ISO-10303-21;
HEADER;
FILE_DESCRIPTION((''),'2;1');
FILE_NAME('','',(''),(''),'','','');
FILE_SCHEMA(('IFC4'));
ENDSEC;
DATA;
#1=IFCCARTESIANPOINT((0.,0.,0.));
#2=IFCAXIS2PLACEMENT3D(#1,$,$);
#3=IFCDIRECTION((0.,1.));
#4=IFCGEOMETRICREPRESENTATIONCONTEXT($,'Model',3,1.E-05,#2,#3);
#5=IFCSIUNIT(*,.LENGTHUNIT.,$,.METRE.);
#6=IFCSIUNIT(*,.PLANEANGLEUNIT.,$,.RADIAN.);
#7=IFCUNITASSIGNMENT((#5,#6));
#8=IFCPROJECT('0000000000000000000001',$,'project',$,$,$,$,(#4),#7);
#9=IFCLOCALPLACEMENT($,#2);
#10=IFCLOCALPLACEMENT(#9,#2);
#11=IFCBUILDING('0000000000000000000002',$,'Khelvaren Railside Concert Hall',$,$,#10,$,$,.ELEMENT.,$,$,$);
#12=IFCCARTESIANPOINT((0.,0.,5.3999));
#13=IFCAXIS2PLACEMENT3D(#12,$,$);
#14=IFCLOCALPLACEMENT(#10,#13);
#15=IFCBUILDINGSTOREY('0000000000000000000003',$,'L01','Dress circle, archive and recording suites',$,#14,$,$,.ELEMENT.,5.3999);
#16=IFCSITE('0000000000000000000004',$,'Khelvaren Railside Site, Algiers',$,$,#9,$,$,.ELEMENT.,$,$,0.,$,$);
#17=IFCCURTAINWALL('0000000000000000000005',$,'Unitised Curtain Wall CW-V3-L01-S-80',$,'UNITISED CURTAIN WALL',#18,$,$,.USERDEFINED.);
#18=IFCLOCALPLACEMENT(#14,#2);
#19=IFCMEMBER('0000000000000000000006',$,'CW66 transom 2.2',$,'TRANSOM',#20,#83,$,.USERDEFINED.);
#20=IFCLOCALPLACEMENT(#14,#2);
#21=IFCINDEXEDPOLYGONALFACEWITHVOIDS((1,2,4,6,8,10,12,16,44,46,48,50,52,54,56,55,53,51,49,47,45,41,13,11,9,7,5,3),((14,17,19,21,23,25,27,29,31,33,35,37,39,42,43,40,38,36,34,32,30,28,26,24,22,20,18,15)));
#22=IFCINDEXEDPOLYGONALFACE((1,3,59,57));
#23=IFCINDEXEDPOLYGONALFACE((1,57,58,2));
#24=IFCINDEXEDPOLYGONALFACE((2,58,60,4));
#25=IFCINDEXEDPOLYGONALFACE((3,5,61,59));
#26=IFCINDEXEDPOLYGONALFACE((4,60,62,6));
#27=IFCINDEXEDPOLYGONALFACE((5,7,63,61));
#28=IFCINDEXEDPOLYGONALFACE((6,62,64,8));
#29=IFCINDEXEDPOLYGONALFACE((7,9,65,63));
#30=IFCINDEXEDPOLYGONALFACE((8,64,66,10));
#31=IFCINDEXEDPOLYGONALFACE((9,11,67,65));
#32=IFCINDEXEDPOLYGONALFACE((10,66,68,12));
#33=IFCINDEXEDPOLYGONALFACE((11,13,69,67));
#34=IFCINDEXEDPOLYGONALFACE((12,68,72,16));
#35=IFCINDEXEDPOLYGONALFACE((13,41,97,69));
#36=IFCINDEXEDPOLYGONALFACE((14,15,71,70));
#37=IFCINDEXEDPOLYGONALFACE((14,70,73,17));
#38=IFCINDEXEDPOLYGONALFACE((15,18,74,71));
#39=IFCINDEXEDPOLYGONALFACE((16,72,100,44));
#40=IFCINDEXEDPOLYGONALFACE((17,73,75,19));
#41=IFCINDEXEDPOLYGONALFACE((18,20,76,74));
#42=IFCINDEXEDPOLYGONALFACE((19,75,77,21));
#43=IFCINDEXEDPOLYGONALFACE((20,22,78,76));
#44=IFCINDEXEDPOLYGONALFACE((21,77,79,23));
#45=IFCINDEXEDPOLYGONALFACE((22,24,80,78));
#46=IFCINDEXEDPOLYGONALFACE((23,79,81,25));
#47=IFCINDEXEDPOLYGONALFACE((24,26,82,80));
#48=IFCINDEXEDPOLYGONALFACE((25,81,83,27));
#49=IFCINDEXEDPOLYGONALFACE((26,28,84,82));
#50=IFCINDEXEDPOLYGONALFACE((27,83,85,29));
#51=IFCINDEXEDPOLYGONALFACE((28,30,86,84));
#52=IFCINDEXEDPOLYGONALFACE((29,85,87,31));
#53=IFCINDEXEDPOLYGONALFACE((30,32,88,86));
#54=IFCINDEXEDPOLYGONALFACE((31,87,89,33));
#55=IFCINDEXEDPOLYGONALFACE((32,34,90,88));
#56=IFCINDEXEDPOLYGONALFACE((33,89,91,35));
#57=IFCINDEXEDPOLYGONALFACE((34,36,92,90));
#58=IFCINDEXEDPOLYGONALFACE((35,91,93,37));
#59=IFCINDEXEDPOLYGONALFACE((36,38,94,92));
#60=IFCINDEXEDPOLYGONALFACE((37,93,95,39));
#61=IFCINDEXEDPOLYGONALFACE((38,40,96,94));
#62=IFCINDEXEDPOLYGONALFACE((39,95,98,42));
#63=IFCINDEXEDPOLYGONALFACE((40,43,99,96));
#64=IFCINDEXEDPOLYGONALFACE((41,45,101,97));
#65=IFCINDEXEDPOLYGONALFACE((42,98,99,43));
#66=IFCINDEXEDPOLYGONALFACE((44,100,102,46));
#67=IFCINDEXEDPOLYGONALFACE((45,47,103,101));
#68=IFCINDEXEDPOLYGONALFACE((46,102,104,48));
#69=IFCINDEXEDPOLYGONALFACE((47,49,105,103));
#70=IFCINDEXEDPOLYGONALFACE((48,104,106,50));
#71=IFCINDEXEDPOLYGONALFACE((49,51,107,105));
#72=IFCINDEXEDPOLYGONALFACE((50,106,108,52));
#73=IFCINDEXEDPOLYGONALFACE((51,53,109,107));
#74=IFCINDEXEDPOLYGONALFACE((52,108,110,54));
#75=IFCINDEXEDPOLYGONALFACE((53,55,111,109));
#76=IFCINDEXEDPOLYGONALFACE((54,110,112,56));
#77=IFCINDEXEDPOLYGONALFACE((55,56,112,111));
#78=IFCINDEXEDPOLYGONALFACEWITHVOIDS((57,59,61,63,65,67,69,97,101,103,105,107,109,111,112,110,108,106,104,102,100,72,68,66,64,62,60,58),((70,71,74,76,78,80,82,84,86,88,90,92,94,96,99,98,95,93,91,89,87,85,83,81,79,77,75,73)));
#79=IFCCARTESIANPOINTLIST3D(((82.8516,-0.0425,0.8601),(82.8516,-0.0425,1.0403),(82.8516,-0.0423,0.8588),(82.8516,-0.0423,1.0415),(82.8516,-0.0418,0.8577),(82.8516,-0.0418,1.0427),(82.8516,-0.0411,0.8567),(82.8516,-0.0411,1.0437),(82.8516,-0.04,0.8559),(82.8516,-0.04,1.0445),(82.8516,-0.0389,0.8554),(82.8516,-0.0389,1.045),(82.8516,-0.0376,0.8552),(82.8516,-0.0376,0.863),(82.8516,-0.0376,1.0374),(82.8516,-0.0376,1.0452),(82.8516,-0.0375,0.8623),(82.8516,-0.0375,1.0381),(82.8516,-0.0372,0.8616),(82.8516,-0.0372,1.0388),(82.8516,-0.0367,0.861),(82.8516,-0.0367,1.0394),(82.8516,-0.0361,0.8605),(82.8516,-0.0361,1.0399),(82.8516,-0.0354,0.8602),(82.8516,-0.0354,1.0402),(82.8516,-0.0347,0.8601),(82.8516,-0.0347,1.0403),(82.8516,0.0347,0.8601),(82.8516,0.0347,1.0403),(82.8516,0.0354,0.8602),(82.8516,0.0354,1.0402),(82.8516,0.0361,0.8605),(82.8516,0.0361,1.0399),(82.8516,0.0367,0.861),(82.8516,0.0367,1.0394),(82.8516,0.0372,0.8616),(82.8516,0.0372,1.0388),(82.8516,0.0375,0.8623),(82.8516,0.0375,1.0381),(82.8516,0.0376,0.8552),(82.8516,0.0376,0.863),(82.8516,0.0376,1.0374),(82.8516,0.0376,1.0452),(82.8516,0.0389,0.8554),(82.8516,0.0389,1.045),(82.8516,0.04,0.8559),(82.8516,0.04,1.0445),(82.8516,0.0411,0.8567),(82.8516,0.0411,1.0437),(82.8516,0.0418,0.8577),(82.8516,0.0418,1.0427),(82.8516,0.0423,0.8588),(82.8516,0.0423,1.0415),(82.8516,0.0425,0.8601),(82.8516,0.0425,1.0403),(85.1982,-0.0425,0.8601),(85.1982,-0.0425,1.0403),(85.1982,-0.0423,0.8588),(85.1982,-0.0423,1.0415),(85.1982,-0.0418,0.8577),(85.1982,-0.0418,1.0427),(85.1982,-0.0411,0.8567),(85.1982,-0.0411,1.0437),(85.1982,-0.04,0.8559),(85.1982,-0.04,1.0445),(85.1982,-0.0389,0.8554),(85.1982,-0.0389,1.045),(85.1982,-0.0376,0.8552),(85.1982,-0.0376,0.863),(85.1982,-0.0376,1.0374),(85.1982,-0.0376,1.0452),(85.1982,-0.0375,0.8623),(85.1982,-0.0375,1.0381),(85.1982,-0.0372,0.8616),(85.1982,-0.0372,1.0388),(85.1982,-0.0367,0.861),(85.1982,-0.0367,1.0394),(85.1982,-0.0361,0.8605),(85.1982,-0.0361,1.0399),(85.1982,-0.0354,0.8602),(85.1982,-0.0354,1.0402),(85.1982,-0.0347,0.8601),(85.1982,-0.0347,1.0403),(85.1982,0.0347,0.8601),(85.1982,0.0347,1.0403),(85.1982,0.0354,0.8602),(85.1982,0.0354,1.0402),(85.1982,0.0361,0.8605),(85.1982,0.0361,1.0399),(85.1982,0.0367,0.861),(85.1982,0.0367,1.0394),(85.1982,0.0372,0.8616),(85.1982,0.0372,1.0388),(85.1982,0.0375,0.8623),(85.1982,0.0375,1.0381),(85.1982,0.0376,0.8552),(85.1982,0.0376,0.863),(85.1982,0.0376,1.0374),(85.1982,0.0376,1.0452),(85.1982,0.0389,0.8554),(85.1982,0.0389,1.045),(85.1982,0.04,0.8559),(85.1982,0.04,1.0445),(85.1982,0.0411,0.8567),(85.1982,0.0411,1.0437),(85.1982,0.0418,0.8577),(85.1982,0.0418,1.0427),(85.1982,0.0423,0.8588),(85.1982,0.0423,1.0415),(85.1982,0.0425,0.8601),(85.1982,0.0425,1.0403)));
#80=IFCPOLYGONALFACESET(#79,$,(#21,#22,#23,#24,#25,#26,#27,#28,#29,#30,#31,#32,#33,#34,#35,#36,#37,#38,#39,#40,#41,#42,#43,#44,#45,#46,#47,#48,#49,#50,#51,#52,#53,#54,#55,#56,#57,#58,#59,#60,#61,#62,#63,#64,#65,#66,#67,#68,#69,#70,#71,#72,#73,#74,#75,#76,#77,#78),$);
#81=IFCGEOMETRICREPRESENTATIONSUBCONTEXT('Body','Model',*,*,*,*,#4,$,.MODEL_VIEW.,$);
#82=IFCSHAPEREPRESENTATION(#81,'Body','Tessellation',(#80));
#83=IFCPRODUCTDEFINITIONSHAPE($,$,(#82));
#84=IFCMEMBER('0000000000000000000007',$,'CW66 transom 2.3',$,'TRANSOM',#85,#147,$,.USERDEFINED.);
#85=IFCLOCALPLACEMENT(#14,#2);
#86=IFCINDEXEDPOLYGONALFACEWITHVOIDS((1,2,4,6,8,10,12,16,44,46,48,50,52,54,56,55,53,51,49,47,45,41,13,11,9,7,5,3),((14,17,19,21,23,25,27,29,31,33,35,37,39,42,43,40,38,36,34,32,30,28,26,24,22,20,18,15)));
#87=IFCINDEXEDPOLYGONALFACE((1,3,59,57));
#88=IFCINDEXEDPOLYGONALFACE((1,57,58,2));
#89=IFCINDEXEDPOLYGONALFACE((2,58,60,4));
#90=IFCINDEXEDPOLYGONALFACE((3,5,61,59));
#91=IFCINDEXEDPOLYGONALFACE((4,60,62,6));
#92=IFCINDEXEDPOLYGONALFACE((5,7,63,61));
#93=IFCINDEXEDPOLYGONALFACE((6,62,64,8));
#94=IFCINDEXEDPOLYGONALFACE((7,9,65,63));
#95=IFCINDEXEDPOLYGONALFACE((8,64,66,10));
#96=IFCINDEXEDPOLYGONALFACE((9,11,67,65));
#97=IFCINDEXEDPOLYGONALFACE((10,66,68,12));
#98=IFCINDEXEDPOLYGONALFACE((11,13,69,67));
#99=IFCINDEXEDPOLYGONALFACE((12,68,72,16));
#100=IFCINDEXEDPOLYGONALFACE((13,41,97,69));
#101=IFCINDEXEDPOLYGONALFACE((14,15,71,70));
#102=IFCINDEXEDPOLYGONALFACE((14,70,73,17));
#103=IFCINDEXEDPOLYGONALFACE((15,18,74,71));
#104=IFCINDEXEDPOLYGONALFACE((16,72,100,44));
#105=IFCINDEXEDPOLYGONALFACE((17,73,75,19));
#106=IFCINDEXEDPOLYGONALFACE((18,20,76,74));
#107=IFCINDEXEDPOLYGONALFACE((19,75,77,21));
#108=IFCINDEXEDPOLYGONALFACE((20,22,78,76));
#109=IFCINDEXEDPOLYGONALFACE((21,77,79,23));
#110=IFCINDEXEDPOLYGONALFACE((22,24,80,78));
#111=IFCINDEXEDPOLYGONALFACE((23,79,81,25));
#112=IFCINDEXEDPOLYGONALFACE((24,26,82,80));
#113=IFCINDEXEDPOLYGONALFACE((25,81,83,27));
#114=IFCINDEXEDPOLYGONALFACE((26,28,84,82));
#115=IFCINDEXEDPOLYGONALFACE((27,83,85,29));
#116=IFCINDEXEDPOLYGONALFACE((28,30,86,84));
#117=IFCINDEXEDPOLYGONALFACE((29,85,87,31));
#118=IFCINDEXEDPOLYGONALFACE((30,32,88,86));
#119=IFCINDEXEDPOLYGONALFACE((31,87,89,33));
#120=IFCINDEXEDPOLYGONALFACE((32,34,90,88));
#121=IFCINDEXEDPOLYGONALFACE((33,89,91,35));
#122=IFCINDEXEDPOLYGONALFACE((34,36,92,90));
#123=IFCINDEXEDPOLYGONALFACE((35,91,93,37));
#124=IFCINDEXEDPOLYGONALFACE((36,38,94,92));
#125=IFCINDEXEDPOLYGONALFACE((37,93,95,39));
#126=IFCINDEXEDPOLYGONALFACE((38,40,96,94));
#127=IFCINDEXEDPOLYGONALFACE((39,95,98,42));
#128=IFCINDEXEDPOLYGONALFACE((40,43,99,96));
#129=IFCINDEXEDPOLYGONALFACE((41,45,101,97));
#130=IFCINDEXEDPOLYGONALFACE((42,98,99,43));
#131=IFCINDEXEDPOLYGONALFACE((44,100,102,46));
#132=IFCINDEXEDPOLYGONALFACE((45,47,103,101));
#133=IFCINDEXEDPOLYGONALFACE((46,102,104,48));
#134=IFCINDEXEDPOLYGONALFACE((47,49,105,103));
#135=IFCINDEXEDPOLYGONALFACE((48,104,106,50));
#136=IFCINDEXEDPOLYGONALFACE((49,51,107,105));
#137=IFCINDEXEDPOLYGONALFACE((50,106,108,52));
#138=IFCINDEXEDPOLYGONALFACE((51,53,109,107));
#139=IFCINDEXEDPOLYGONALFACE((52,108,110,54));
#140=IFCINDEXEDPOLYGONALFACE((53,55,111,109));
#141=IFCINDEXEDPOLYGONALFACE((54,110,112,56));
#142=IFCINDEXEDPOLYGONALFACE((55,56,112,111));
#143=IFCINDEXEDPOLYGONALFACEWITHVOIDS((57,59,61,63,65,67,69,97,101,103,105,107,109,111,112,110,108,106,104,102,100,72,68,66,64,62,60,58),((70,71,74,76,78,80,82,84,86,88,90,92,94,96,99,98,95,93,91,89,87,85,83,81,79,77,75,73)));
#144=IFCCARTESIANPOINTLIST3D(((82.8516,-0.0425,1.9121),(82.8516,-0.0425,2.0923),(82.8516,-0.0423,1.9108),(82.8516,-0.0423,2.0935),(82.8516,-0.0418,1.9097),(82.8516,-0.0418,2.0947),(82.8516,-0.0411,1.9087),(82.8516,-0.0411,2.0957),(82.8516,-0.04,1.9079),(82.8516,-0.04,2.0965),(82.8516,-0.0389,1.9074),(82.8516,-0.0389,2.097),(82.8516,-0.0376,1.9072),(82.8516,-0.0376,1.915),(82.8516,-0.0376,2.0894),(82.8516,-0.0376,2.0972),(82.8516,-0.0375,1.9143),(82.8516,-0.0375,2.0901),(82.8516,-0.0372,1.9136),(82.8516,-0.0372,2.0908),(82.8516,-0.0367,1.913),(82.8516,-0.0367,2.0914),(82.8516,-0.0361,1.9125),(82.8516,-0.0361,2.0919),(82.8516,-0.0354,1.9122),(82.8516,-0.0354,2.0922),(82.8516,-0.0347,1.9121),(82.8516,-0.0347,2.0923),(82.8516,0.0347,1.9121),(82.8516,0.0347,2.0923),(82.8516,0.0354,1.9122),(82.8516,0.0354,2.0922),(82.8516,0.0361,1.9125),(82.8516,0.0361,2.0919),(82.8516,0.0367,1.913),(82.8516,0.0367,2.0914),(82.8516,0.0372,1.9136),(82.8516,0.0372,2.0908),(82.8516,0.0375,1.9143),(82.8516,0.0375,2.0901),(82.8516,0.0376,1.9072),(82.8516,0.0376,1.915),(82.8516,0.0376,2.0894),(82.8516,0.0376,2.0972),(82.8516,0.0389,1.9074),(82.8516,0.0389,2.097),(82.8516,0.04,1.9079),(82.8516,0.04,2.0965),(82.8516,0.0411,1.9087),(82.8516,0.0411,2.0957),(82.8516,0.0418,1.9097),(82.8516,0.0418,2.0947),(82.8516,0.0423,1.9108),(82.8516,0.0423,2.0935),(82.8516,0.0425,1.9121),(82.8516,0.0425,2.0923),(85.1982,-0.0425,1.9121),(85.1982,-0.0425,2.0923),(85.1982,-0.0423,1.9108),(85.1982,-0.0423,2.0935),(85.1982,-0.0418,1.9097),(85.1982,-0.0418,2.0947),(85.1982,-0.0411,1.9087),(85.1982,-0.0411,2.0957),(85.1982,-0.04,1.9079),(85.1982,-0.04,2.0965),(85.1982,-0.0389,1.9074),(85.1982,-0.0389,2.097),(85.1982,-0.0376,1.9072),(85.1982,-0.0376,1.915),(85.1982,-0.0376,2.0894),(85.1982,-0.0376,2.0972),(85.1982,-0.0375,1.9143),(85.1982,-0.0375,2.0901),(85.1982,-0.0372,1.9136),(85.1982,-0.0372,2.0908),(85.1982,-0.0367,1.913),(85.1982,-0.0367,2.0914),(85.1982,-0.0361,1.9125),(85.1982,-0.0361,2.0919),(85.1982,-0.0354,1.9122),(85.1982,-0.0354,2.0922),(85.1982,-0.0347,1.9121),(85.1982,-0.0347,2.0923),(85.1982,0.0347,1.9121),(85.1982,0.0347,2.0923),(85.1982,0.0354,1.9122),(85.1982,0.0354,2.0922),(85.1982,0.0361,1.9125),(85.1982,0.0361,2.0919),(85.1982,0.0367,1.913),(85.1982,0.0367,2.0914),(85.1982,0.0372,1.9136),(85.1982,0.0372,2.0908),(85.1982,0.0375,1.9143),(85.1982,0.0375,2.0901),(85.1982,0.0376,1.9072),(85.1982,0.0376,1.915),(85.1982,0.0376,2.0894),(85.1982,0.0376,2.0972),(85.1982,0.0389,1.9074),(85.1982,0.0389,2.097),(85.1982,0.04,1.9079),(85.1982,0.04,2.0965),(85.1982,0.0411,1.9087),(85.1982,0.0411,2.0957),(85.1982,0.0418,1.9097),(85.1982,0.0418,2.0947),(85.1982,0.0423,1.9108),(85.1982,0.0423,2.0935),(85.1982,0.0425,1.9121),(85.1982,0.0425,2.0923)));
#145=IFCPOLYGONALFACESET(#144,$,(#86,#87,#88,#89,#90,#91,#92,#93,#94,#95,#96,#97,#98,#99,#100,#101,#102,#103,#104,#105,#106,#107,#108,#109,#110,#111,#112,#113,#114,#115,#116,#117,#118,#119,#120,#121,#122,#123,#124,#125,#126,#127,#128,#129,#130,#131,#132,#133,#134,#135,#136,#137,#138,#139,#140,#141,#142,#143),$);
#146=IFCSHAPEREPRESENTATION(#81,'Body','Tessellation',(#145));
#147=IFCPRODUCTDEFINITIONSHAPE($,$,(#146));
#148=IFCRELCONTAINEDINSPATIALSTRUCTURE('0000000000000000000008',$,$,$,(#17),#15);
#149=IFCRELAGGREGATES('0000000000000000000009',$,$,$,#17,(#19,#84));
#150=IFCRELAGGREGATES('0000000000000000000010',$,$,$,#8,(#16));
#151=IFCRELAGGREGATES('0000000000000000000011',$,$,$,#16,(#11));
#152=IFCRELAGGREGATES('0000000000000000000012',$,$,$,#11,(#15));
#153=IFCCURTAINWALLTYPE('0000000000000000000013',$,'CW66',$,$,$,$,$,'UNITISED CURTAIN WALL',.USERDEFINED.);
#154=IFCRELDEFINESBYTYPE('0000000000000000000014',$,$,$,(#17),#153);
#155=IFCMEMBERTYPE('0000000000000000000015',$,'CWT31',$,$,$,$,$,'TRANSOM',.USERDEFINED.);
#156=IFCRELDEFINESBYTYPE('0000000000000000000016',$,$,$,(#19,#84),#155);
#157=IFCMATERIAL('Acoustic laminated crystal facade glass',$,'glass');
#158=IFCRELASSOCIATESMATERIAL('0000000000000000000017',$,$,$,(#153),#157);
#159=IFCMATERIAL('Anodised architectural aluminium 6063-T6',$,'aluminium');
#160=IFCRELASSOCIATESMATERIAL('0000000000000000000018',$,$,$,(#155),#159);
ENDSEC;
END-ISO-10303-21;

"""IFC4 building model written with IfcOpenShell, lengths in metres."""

from ifc_helpers import new_model, si_unit, direction, frame, origin, origin_2d, place, context, subcontext, project, spatial, hollow_rectangle, extrude, material, material_profile, profile_set, type_object, element, aggregate, save


model = new_model("IFC4")

# Units and contexts
model_context = context("Model", 3, precision=1e-05, world=origin(), true_north=direction((0.0, 1.0)))
body_context = subcontext(model_context, "Body", "Model", "MODEL_VIEW")
ifc_project = project(units=[si_unit("LENGTHUNIT", "METRE"), si_unit("PLANEANGLEUNIT", "RADIAN")], contexts=[model_context])

# Site, building, storey
site_placement = place(None, origin())
site = spatial("IfcSite", under=ifc_project, at=site_placement, Name="Khelvaren Railside Site, Algiers", CompositionType="ELEMENT", RefElevation=0.0)
building_placement = place(site_placement, origin())
building = spatial("IfcBuilding", under=site, at=building_placement, Name="Khelvaren Railside Concert Hall", CompositionType="ELEMENT")
storey_placement = place(building_placement, frame((0.0, 0.0, 5.3999)))
storey = spatial("IfcBuildingStorey", under=building, at=storey_placement, Name="L01", Description="Dress circle, archive and recording suites", CompositionType="ELEMENT", Elevation=5.3999)

# Curtain wall, members
ifc_material_1 = material(Name="Acoustic laminated crystal facade glass", Category="glass")
curtain_wall_type = type_object("IfcCurtainWallType", Name="CW66", ElementType="UNITISED CURTAIN WALL", PredefinedType="USERDEFINED", material=ifc_material_1)
curtain_wall_placement = place(storey_placement, origin())
curtain_wall = element("IfcCurtainWall", 1, at=curtain_wall_placement, inside=storey, type_object=curtain_wall_type, Name="Unitised Curtain Wall CW-V3-L01-S-80", ObjectType="UNITISED CURTAIN WALL", PredefinedType="USERDEFINED")
ifc_material_2 = material(Name="Anodised architectural aluminium 6063-T6", Category="aluminium")
ifc_material_profile_1 = material_profile(ifc_material_2, hollow_rectangle(XDim=0.085, YDim=0.1899, WallThickness=0.0049, InnerFilletRadius=0.0029, OuterFilletRadius=0.0049, at=origin_2d()), Name="CWT 85x190x5")
ifc_profile_set_1 = profile_set([ifc_material_profile_1], Name="Anodised architectural aluminium 6063-T6")
member_type_1 = type_object("IfcMemberType", Name="CWT31", ElementType="TRANSOM", PredefinedType="USERDEFINED", material=ifc_profile_set_1)
member_1_placement = place(storey_placement, frame((85.1982, 0.0, 0.9502), z_axis=(-1.0, 0.0, 0.0), x_axis=(0.0, -1.0, 0.0)))
member_1 = element("IfcMember", 2, at=member_1_placement, type_object=member_type_1, Name="CW66 transom 2.2", ObjectType="TRANSOM", PredefinedType="USERDEFINED", context=body_context, shape_type="SweptSolid", body=[
    extrude(hollow_rectangle(XDim=0.085, YDim=0.1899, WallThickness=0.0049, InnerFilletRadius=0.0029, OuterFilletRadius=0.0049, at=origin_2d()), origin(), (0.0, 0.0, 1.0), 2.3467),
])
member_2_placement = place(storey_placement, frame((85.1982, 0.0, 2.0022), z_axis=(-1.0, 0.0, 0.0), x_axis=(0.0, -1.0, 0.0)))
member_2 = element("IfcMember", 3, at=member_2_placement, type_object=member_type_1, Name="CW66 transom 2.3", ObjectType="TRANSOM", PredefinedType="USERDEFINED", context=body_context, shape_type="SweptSolid", body=[
    extrude(hollow_rectangle(XDim=0.085, YDim=0.1899, WallThickness=0.0049, InnerFilletRadius=0.0029, OuterFilletRadius=0.0049, at=origin_2d()), origin(), (0.0, 0.0, 1.0), 2.3467),
])

aggregate(curtain_wall, [member_1, member_2])

save(model, "model.ifc")
